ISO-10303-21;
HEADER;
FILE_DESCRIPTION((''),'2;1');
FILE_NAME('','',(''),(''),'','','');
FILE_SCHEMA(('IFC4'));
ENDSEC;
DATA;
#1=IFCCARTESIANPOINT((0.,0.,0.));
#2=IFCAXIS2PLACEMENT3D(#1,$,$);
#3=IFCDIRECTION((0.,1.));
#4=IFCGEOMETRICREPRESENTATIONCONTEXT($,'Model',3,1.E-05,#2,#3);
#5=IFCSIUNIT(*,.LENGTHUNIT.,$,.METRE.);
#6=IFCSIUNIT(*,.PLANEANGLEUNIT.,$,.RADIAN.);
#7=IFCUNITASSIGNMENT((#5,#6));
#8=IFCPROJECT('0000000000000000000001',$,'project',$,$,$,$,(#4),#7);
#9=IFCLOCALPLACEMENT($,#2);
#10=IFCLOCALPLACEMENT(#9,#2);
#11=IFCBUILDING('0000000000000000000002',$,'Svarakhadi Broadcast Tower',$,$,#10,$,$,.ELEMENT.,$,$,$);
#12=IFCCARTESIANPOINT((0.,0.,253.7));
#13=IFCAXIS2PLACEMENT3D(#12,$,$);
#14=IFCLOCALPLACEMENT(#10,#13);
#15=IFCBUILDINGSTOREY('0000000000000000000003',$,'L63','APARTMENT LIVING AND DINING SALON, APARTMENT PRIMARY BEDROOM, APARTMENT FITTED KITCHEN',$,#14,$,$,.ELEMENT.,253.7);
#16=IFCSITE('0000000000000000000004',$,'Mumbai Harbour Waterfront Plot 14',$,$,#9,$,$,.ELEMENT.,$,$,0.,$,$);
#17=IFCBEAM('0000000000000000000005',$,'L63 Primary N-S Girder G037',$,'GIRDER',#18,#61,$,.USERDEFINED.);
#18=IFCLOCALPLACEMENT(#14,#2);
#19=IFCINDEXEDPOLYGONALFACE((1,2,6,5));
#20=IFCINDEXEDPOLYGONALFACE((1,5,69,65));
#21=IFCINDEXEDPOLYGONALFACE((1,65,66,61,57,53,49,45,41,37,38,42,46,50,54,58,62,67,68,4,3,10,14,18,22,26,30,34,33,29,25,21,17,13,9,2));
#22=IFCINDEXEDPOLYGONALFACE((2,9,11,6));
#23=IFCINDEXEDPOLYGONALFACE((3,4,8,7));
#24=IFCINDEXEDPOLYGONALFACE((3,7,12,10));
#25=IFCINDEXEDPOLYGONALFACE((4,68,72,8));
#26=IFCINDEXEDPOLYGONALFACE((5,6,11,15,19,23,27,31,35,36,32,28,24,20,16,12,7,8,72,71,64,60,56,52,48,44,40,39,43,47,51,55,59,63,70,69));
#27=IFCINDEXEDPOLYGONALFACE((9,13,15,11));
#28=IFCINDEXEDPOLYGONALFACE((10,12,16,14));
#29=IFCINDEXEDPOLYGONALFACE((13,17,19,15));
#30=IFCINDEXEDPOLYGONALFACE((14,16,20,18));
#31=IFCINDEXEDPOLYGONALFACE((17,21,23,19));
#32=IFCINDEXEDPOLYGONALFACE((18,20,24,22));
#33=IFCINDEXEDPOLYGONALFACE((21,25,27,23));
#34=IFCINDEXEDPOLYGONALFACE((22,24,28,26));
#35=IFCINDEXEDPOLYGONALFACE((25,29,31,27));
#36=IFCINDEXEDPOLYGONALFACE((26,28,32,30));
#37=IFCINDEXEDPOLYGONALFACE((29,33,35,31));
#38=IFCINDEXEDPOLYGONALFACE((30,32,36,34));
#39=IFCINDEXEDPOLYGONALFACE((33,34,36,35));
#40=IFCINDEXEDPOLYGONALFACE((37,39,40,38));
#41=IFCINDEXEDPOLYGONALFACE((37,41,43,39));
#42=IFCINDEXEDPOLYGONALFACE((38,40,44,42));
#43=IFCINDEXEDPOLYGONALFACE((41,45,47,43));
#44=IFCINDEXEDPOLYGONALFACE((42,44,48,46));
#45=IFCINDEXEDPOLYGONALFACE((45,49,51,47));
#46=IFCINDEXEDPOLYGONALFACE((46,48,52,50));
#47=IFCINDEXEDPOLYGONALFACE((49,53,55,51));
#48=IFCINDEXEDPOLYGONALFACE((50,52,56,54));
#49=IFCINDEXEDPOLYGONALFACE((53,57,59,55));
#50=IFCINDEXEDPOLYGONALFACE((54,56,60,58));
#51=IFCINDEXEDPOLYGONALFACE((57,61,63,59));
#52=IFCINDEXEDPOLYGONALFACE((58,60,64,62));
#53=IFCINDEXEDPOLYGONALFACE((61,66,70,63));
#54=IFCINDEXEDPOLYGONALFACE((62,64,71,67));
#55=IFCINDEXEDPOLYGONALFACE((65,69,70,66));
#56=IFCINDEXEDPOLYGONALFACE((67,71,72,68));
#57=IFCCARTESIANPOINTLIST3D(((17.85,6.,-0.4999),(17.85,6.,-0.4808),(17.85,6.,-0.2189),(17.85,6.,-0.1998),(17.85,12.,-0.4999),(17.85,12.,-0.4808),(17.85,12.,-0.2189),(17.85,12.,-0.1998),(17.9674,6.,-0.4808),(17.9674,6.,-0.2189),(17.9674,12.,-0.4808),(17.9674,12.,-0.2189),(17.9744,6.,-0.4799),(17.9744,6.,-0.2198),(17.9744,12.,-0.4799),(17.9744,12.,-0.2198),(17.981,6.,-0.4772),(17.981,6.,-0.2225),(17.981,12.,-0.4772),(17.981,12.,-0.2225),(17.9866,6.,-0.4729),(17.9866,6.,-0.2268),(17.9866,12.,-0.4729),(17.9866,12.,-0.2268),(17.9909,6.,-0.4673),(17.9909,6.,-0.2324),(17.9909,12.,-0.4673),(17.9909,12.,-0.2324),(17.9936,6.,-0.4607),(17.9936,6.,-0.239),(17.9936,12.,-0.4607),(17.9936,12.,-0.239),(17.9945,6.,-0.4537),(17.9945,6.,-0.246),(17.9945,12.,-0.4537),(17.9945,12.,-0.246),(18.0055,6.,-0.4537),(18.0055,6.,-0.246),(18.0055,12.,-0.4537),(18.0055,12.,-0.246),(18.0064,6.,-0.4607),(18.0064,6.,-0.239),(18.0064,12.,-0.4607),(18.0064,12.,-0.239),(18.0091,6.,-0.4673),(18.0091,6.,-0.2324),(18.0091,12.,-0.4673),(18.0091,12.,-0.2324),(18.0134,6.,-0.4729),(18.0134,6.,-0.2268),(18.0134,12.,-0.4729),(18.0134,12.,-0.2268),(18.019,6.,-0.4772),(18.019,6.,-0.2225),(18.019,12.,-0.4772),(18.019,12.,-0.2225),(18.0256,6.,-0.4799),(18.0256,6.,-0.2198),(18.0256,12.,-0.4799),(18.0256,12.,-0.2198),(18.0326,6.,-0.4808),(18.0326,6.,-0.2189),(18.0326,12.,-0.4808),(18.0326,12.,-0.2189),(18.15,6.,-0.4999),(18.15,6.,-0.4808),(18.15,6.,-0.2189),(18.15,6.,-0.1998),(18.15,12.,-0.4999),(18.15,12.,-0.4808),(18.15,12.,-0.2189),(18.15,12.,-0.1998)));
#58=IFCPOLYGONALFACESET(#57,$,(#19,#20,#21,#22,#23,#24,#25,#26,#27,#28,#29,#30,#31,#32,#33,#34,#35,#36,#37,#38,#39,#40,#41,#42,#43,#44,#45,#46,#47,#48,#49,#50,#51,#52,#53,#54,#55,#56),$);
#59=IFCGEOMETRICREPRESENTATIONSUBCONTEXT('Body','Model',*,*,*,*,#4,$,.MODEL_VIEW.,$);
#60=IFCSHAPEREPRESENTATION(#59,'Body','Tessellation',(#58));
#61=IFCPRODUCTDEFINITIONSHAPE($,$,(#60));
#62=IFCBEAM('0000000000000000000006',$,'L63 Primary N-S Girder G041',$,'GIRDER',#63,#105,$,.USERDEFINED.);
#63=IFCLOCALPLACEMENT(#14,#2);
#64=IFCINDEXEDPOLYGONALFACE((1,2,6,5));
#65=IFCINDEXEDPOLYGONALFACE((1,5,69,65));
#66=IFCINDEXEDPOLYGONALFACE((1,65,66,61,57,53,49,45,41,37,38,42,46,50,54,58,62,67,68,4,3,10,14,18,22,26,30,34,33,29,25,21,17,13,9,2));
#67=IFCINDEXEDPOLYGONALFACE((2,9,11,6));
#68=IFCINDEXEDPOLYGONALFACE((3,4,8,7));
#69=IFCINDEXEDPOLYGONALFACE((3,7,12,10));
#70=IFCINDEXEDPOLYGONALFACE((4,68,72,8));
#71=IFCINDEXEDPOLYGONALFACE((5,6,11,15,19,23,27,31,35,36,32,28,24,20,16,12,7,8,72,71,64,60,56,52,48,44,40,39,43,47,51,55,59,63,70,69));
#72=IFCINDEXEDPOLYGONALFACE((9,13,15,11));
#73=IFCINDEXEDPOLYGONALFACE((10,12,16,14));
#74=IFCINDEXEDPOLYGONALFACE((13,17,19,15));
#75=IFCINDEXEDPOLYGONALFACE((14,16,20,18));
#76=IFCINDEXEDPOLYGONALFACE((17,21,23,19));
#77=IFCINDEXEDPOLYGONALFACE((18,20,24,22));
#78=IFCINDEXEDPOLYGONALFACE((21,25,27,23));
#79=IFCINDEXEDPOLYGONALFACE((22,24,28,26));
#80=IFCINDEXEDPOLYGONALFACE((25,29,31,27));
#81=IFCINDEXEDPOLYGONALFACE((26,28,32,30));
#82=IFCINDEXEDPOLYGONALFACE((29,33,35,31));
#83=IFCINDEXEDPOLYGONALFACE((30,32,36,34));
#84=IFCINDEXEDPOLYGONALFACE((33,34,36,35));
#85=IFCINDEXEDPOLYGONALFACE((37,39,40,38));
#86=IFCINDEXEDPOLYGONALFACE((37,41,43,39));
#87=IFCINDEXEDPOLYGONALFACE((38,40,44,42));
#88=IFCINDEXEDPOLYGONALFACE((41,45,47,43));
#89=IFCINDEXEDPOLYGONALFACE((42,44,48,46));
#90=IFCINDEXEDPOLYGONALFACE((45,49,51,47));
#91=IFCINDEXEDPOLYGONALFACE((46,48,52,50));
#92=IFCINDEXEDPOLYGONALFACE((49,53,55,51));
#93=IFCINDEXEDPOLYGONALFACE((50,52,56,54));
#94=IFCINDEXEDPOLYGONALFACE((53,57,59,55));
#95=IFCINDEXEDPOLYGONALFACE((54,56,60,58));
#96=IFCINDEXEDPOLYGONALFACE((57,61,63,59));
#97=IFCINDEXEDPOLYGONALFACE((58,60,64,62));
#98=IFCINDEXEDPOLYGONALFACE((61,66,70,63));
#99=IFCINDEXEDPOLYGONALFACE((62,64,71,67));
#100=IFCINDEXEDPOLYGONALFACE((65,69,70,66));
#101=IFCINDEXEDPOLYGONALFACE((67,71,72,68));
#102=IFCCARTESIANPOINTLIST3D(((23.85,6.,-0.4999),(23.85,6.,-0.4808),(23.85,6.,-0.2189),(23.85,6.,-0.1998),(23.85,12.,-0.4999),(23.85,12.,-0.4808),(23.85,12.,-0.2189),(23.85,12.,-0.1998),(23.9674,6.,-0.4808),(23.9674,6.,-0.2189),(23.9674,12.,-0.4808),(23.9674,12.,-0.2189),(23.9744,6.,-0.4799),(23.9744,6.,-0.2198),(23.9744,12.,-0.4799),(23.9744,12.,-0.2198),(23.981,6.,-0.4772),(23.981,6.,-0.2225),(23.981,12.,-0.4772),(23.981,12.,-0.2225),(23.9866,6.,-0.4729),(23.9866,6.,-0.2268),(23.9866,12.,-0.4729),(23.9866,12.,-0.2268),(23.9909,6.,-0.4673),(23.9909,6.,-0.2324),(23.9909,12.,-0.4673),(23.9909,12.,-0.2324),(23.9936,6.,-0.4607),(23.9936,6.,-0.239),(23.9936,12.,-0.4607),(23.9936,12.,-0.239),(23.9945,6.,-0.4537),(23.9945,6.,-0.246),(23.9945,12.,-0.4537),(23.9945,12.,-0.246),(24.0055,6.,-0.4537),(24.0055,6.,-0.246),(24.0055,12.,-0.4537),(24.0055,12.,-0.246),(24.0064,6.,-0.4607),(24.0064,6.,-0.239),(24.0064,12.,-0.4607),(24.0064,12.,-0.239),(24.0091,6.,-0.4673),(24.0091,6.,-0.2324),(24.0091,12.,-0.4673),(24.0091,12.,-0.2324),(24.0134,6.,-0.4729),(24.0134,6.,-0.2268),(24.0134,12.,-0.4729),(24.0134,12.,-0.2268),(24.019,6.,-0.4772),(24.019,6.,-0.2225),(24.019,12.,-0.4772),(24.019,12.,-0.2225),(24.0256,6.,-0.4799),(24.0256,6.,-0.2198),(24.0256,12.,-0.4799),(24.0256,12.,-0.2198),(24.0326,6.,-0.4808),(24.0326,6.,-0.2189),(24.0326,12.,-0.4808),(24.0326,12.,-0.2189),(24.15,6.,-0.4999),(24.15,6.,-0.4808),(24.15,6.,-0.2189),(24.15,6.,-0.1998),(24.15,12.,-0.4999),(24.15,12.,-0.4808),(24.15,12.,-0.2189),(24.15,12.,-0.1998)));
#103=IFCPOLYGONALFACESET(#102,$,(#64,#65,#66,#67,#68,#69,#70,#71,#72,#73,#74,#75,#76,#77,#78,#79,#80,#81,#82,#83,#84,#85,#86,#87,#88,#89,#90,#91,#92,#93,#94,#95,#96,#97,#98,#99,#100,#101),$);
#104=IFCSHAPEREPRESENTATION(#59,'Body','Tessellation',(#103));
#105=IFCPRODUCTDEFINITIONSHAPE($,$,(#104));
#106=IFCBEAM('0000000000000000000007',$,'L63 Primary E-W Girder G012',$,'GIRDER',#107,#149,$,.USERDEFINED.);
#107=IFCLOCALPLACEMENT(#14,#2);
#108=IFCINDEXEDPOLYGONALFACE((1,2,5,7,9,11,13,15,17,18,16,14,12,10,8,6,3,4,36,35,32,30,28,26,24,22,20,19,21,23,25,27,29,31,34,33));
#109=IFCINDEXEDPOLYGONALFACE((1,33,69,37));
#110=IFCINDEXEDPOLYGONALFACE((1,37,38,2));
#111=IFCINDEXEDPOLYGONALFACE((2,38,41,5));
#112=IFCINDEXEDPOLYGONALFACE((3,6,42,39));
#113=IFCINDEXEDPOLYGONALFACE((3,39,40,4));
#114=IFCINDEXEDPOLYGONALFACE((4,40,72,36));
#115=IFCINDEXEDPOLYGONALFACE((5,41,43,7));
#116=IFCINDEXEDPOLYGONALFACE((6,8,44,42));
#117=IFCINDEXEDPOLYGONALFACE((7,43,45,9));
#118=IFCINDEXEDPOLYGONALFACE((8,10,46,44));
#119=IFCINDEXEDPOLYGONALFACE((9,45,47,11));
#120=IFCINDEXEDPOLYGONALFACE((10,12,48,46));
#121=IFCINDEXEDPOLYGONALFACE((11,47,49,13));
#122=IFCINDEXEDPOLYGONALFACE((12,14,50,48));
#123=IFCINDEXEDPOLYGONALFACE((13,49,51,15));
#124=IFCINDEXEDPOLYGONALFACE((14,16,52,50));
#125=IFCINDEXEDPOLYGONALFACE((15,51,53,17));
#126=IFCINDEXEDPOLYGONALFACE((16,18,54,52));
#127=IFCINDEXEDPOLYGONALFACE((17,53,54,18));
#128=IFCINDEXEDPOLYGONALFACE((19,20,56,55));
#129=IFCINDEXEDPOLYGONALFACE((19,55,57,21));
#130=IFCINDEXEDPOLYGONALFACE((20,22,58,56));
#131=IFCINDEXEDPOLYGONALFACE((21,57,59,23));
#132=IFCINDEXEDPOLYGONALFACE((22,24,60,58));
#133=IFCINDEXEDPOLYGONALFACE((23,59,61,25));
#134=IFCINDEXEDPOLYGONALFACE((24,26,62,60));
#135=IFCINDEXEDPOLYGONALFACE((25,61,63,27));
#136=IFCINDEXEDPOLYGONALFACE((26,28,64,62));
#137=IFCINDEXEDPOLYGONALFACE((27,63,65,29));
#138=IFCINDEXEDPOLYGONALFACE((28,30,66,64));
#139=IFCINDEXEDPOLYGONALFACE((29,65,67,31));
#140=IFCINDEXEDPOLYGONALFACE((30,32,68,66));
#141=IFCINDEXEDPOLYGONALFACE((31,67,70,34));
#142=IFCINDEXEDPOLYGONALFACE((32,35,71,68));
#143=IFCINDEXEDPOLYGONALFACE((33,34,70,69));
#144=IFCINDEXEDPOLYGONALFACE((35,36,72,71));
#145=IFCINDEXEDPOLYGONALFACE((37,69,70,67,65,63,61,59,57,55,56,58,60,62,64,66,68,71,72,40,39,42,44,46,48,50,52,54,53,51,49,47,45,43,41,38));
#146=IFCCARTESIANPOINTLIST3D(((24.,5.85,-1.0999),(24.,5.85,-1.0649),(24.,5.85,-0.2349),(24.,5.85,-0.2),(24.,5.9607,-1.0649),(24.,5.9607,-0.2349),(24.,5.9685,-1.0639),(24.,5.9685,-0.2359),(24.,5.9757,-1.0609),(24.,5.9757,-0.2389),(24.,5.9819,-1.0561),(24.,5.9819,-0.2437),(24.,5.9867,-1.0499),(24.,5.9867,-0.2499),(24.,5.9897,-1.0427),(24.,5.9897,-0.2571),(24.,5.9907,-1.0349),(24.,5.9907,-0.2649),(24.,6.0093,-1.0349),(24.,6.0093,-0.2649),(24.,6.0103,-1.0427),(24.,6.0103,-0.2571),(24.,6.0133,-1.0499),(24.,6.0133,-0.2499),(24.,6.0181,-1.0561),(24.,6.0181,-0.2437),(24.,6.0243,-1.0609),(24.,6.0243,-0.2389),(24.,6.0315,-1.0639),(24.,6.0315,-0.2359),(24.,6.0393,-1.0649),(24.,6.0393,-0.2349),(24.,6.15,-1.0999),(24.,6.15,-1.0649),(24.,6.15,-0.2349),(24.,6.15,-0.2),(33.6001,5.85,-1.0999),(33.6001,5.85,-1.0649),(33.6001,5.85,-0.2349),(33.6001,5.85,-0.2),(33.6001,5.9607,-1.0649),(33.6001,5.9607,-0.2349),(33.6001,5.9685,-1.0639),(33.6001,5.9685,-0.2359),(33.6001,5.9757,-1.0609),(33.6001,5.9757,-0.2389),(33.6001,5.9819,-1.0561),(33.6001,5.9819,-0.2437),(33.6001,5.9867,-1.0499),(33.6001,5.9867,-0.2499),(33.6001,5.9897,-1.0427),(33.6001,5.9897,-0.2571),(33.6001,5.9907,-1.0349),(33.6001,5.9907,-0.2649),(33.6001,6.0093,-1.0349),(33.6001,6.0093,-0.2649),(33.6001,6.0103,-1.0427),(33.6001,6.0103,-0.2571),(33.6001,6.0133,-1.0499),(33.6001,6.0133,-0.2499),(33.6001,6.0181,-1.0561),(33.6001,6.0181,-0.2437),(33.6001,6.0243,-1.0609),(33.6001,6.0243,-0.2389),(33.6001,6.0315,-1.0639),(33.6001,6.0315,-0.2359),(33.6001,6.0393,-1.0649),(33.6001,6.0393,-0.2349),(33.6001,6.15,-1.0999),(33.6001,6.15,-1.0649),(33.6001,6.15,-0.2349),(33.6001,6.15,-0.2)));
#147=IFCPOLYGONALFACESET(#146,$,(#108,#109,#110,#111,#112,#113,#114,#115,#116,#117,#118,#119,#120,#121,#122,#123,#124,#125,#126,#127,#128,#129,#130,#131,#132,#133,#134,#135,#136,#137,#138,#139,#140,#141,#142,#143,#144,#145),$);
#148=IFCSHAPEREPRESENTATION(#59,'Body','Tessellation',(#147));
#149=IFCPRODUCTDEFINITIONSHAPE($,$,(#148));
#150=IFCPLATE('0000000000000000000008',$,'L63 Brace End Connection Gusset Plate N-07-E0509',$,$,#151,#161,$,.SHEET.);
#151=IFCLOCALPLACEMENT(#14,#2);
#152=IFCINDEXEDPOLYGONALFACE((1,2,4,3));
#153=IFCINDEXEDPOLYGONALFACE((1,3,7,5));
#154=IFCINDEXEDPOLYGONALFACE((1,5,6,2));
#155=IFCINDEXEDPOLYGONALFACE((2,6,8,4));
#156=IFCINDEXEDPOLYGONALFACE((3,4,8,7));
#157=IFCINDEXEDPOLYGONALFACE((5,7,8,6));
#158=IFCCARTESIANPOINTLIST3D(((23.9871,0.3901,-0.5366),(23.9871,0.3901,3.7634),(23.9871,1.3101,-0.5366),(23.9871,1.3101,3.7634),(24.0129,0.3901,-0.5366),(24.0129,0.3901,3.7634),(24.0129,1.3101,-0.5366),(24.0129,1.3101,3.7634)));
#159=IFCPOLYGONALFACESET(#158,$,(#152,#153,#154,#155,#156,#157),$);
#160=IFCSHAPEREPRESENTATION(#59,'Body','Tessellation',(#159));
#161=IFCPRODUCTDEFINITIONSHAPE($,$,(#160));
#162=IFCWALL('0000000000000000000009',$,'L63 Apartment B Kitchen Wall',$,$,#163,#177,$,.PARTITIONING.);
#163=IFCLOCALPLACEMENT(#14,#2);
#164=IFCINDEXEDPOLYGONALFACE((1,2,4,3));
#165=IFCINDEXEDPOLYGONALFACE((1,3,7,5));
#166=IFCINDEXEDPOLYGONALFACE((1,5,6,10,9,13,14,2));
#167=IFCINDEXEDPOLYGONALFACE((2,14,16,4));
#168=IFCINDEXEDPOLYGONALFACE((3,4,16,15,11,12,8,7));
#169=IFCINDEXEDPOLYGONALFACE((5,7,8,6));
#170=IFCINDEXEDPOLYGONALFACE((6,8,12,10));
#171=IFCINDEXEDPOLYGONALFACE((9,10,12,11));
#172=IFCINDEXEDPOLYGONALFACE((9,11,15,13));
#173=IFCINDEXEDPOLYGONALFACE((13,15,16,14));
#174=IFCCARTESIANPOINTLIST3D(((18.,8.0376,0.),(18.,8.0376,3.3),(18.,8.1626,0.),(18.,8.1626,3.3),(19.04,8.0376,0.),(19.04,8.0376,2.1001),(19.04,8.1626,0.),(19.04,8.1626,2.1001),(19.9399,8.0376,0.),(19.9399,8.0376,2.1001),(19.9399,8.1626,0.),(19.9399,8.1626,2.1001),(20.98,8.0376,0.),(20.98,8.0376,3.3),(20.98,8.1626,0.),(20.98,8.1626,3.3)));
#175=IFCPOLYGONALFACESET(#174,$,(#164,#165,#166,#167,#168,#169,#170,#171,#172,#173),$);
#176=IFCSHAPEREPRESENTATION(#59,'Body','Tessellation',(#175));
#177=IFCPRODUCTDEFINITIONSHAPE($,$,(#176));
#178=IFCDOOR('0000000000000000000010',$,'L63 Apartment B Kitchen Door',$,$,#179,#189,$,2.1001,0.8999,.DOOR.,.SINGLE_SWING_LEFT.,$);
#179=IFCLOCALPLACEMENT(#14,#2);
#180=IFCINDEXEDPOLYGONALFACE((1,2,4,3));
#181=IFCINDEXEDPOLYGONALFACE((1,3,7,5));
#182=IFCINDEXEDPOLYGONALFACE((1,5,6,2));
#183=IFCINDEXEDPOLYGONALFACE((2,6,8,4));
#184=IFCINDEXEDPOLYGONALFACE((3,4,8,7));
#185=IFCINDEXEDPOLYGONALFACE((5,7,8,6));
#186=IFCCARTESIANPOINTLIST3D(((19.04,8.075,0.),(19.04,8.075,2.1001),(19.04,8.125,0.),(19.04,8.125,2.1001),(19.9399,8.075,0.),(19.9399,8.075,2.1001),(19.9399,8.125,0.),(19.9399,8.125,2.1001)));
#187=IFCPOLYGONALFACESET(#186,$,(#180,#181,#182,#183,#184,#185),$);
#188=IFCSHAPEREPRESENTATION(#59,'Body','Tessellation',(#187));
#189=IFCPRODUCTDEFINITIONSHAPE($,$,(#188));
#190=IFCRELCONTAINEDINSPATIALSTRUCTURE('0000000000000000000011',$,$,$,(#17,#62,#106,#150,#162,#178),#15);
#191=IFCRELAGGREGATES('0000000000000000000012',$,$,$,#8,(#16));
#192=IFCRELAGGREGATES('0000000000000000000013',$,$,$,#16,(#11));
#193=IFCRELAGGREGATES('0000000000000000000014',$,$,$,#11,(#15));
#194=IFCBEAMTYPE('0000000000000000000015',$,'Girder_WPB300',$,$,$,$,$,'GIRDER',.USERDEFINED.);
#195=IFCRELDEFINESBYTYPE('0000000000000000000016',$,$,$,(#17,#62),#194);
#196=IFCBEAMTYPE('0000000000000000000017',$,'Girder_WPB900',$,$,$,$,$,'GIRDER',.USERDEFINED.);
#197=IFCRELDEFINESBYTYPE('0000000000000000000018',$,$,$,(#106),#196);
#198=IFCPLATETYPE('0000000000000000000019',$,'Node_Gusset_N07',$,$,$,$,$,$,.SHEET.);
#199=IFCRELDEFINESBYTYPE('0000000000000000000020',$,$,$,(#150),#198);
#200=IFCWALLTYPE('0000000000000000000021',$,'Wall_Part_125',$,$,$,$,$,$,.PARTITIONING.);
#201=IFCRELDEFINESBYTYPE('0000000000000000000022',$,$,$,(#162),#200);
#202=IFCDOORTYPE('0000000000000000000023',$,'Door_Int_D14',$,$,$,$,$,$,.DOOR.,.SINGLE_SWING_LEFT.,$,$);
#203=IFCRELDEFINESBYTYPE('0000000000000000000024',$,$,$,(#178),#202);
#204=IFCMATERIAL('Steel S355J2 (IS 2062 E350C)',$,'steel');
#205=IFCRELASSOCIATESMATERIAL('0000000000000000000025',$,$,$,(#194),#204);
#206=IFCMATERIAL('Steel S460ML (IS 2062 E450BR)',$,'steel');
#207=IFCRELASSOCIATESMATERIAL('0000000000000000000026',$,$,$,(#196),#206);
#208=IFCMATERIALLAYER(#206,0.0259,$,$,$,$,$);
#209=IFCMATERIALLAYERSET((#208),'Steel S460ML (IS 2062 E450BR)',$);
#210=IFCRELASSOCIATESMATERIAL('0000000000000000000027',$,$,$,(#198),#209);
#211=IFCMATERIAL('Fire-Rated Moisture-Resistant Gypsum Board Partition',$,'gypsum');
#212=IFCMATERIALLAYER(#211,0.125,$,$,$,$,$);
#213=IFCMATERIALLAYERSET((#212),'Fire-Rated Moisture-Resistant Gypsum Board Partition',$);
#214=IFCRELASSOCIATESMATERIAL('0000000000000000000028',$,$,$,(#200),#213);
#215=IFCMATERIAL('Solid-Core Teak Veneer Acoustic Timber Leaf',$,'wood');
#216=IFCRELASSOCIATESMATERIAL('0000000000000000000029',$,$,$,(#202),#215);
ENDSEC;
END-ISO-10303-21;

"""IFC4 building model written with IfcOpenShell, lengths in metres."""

from ifc_helpers import new_model, si_unit, direction, frame, frame_2d, origin, origin_2d, place, context, subcontext, project, spatial, rectangle, i_section, extrude, material, layer, layer_set, material_profile, profile_set, type_object, element, fill, save


model = new_model("IFC4")

# Units and contexts
model_context = context("Model", 3, precision=1e-05, world=origin(), true_north=direction((0.0, 1.0)))
body_context = subcontext(model_context, "Body", "Model", "MODEL_VIEW")
ifc_project = project(units=[si_unit("LENGTHUNIT", "METRE"), si_unit("PLANEANGLEUNIT", "RADIAN")], contexts=[model_context])

# Site, building, storey
site_placement = place(None, origin())
site = spatial("IfcSite", under=ifc_project, at=site_placement, Name="Mumbai Harbour Waterfront Plot 14", CompositionType="ELEMENT", RefElevation=0.0)
building_placement = place(site_placement, origin())
building = spatial("IfcBuilding", under=site, at=building_placement, Name="Svarakhadi Broadcast Tower", CompositionType="ELEMENT")
storey_placement = place(building_placement, frame((0.0, 0.0, 253.7)))
storey = spatial("IfcBuildingStorey", under=building, at=storey_placement, Name="L63", Description="APARTMENT LIVING AND DINING SALON, APARTMENT PRIMARY BEDROOM, APARTMENT FITTED KITCHEN", CompositionType="ELEMENT", Elevation=253.7)

# Shared definitions
ifc_material_1 = material(Name="Steel S460ML (IS 2062 E450BR)", Category="steel")

# Beams
ifc_material_2 = material(Name="Steel S355J2 (IS 2062 E350C)", Category="steel")
ifc_material_profile_1 = material_profile(ifc_material_2, i_section(OverallWidth=0.3, OverallDepth=0.3, WebThickness=0.011, FlangeThickness=0.019, FilletRadius=0.0271, at=origin_2d()), Name="WPB 300x300x117")
ifc_profile_set_1 = profile_set([ifc_material_profile_1], Name="Steel S355J2 (IS 2062 E350C)")
beam_type_1 = type_object("IfcBeamType", Name="Girder_WPB300", ElementType="GIRDER", PredefinedType="USERDEFINED", material=ifc_profile_set_1)
for number, where, z_axis, x_axis, name in (
    (1, (18.0, 6.0, -0.3499), (0.0, 1.0, 0.0), (-1.0, 0.0, 0.0), "L63 Primary N-S Girder G037"),
    (2, (24.0, 6.0, -0.3499), (0.0, 1.0, 0.0), (-1.0, 0.0, 0.0), "L63 Primary N-S Girder G041"),
):
    element("IfcBeam", number, at=place(storey_placement, frame(where, z_axis=z_axis, x_axis=x_axis)), inside=storey, type_object=beam_type_1, Name=name, ObjectType="GIRDER", PredefinedType="USERDEFINED", context=body_context, shape_type="SweptSolid", body=[
        extrude(i_section(OverallWidth=0.3, OverallDepth=0.3, WebThickness=0.011, FlangeThickness=0.019, FilletRadius=0.0271, at=origin_2d()), origin(), (0.0, 0.0, 1.0), 6.0),
    ])
ifc_material_profile_2 = material_profile(ifc_material_1, i_section(OverallWidth=0.3, OverallDepth=0.8999, WebThickness=0.0186, FlangeThickness=0.0349, FilletRadius=0.03, at=origin_2d()), Name="WPB 900x300x291")
ifc_profile_set_2 = profile_set([ifc_material_profile_2], Name="Steel S460ML (IS 2062 E450BR)")
beam_type_2 = type_object("IfcBeamType", Name="Girder_WPB900", ElementType="GIRDER", PredefinedType="USERDEFINED", material=ifc_profile_set_2)
beam_placement = place(storey_placement, frame((24.0, 6.0, -0.6499), z_axis=(1.0, 0.0, 0.0), x_axis=(0.0, 1.0, 0.0)))
element("IfcBeam", 3, at=beam_placement, inside=storey, type_object=beam_type_2, Name="L63 Primary E-W Girder G012", ObjectType="GIRDER", PredefinedType="USERDEFINED", context=body_context, shape_type="SweptSolid", body=[
    extrude(i_section(OverallWidth=0.3, OverallDepth=0.8999, WebThickness=0.0186, FlangeThickness=0.0349, FilletRadius=0.03, at=origin_2d()), origin(), (0.0, 0.0, 1.0), 9.6001),
])

# Plate
ifc_layer_1 = layer(ifc_material_1, 0.0259)
ifc_layer_set_1 = layer_set([ifc_layer_1], Name="Steel S460ML (IS 2062 E450BR)")
plate_type = type_object("IfcPlateType", Name="Node_Gusset_N07", PredefinedType="SHEET", material=ifc_layer_set_1)
plate_placement = place(storey_placement, frame((24.0, 0.8501, -0.5366), z_axis=(0.0, 0.0, 1.0), x_axis=(0.0, 1.0, 0.0)))
element("IfcPlate", 4, at=plate_placement, inside=storey, type_object=plate_type, Name="L63 Brace End Connection Gusset Plate N-07-E0509", PredefinedType="SHEET", context=body_context, shape_type="SweptSolid", body=[
    extrude(rectangle(XDim=0.9199, YDim=0.0259, at=origin_2d()), origin(), (0.0, 0.0, 1.0), 4.3),
])

# Wall, opening, door
ifc_material_3 = material(Name="Fire-Rated Moisture-Resistant Gypsum Board Partition", Category="gypsum")
ifc_layer_2 = layer(ifc_material_3, 0.125)
ifc_layer_set_2 = layer_set([ifc_layer_2], Name="Fire-Rated Moisture-Resistant Gypsum Board Partition")
wall_type_1 = type_object("IfcWallType", Name="Wall_Part_125", PredefinedType="PARTITIONING", material=ifc_layer_set_2)
wall_1_placement = place(storey_placement, frame((18.0, 8.1001, 0.0), z_axis=(0.0, 0.0, 1.0), x_axis=(1.0, 0.0, 0.0)))
wall_1 = element("IfcWall", 5, at=wall_1_placement, inside=storey, type_object=wall_type_1, Name="L63 Apartment B Kitchen Wall", PredefinedType="PARTITIONING", context=body_context, shape_type="SweptSolid", body=[
    extrude(rectangle(XDim=2.98, YDim=0.125, at=frame_2d((1.49, 0.0))), origin(), (0.0, 0.0, 1.0), 3.3),
])
opening_1_placement = place(wall_1_placement, frame((1.04, 0.0, 0.0)))
opening_1 = element("IfcOpeningElement", 6, at=opening_1_placement, cuts=wall_1, PredefinedType="OPENING", context=body_context, shape_type="SweptSolid", body=[
    extrude(rectangle(XDim=0.8999, YDim=2.1001, at=frame_2d((0.45, 1.05))), frame((0.0, 0.0725, 0.0), z_axis=(0.0, -1.0, 0.0), x_axis=(1.0, 0.0, 0.0)), (0.0, 0.0, 1.0), 0.145),
])
ifc_material_4 = material(Name="Solid-Core Teak Veneer Acoustic Timber Leaf", Category="wood")
door_type_1 = type_object("IfcDoorType", Name="Door_Int_D14", OperationType="SINGLE_SWING_LEFT", PredefinedType="DOOR", material=ifc_material_4)
door_1_placement = place(opening_1_placement, origin())
door_1 = element("IfcDoor", 7, at=door_1_placement, inside=storey, type_object=door_type_1, Name="L63 Apartment B Kitchen Door", OperationType="SINGLE_SWING_LEFT", OverallHeight=2.1001, OverallWidth=0.8999, PredefinedType="DOOR", context=body_context, shape_type="SweptSolid", body=[
    extrude(rectangle(XDim=0.8999, YDim=2.1001, at=frame_2d((0.45, 1.05))), frame((0.0, 0.0249, 0.0), z_axis=(0.0, -1.0, 0.0), x_axis=(1.0, 0.0, 0.0)), (0.0, 0.0, 1.0), 0.05),
])
fill(opening_1, door_1)

save(model, "model.ifc")
